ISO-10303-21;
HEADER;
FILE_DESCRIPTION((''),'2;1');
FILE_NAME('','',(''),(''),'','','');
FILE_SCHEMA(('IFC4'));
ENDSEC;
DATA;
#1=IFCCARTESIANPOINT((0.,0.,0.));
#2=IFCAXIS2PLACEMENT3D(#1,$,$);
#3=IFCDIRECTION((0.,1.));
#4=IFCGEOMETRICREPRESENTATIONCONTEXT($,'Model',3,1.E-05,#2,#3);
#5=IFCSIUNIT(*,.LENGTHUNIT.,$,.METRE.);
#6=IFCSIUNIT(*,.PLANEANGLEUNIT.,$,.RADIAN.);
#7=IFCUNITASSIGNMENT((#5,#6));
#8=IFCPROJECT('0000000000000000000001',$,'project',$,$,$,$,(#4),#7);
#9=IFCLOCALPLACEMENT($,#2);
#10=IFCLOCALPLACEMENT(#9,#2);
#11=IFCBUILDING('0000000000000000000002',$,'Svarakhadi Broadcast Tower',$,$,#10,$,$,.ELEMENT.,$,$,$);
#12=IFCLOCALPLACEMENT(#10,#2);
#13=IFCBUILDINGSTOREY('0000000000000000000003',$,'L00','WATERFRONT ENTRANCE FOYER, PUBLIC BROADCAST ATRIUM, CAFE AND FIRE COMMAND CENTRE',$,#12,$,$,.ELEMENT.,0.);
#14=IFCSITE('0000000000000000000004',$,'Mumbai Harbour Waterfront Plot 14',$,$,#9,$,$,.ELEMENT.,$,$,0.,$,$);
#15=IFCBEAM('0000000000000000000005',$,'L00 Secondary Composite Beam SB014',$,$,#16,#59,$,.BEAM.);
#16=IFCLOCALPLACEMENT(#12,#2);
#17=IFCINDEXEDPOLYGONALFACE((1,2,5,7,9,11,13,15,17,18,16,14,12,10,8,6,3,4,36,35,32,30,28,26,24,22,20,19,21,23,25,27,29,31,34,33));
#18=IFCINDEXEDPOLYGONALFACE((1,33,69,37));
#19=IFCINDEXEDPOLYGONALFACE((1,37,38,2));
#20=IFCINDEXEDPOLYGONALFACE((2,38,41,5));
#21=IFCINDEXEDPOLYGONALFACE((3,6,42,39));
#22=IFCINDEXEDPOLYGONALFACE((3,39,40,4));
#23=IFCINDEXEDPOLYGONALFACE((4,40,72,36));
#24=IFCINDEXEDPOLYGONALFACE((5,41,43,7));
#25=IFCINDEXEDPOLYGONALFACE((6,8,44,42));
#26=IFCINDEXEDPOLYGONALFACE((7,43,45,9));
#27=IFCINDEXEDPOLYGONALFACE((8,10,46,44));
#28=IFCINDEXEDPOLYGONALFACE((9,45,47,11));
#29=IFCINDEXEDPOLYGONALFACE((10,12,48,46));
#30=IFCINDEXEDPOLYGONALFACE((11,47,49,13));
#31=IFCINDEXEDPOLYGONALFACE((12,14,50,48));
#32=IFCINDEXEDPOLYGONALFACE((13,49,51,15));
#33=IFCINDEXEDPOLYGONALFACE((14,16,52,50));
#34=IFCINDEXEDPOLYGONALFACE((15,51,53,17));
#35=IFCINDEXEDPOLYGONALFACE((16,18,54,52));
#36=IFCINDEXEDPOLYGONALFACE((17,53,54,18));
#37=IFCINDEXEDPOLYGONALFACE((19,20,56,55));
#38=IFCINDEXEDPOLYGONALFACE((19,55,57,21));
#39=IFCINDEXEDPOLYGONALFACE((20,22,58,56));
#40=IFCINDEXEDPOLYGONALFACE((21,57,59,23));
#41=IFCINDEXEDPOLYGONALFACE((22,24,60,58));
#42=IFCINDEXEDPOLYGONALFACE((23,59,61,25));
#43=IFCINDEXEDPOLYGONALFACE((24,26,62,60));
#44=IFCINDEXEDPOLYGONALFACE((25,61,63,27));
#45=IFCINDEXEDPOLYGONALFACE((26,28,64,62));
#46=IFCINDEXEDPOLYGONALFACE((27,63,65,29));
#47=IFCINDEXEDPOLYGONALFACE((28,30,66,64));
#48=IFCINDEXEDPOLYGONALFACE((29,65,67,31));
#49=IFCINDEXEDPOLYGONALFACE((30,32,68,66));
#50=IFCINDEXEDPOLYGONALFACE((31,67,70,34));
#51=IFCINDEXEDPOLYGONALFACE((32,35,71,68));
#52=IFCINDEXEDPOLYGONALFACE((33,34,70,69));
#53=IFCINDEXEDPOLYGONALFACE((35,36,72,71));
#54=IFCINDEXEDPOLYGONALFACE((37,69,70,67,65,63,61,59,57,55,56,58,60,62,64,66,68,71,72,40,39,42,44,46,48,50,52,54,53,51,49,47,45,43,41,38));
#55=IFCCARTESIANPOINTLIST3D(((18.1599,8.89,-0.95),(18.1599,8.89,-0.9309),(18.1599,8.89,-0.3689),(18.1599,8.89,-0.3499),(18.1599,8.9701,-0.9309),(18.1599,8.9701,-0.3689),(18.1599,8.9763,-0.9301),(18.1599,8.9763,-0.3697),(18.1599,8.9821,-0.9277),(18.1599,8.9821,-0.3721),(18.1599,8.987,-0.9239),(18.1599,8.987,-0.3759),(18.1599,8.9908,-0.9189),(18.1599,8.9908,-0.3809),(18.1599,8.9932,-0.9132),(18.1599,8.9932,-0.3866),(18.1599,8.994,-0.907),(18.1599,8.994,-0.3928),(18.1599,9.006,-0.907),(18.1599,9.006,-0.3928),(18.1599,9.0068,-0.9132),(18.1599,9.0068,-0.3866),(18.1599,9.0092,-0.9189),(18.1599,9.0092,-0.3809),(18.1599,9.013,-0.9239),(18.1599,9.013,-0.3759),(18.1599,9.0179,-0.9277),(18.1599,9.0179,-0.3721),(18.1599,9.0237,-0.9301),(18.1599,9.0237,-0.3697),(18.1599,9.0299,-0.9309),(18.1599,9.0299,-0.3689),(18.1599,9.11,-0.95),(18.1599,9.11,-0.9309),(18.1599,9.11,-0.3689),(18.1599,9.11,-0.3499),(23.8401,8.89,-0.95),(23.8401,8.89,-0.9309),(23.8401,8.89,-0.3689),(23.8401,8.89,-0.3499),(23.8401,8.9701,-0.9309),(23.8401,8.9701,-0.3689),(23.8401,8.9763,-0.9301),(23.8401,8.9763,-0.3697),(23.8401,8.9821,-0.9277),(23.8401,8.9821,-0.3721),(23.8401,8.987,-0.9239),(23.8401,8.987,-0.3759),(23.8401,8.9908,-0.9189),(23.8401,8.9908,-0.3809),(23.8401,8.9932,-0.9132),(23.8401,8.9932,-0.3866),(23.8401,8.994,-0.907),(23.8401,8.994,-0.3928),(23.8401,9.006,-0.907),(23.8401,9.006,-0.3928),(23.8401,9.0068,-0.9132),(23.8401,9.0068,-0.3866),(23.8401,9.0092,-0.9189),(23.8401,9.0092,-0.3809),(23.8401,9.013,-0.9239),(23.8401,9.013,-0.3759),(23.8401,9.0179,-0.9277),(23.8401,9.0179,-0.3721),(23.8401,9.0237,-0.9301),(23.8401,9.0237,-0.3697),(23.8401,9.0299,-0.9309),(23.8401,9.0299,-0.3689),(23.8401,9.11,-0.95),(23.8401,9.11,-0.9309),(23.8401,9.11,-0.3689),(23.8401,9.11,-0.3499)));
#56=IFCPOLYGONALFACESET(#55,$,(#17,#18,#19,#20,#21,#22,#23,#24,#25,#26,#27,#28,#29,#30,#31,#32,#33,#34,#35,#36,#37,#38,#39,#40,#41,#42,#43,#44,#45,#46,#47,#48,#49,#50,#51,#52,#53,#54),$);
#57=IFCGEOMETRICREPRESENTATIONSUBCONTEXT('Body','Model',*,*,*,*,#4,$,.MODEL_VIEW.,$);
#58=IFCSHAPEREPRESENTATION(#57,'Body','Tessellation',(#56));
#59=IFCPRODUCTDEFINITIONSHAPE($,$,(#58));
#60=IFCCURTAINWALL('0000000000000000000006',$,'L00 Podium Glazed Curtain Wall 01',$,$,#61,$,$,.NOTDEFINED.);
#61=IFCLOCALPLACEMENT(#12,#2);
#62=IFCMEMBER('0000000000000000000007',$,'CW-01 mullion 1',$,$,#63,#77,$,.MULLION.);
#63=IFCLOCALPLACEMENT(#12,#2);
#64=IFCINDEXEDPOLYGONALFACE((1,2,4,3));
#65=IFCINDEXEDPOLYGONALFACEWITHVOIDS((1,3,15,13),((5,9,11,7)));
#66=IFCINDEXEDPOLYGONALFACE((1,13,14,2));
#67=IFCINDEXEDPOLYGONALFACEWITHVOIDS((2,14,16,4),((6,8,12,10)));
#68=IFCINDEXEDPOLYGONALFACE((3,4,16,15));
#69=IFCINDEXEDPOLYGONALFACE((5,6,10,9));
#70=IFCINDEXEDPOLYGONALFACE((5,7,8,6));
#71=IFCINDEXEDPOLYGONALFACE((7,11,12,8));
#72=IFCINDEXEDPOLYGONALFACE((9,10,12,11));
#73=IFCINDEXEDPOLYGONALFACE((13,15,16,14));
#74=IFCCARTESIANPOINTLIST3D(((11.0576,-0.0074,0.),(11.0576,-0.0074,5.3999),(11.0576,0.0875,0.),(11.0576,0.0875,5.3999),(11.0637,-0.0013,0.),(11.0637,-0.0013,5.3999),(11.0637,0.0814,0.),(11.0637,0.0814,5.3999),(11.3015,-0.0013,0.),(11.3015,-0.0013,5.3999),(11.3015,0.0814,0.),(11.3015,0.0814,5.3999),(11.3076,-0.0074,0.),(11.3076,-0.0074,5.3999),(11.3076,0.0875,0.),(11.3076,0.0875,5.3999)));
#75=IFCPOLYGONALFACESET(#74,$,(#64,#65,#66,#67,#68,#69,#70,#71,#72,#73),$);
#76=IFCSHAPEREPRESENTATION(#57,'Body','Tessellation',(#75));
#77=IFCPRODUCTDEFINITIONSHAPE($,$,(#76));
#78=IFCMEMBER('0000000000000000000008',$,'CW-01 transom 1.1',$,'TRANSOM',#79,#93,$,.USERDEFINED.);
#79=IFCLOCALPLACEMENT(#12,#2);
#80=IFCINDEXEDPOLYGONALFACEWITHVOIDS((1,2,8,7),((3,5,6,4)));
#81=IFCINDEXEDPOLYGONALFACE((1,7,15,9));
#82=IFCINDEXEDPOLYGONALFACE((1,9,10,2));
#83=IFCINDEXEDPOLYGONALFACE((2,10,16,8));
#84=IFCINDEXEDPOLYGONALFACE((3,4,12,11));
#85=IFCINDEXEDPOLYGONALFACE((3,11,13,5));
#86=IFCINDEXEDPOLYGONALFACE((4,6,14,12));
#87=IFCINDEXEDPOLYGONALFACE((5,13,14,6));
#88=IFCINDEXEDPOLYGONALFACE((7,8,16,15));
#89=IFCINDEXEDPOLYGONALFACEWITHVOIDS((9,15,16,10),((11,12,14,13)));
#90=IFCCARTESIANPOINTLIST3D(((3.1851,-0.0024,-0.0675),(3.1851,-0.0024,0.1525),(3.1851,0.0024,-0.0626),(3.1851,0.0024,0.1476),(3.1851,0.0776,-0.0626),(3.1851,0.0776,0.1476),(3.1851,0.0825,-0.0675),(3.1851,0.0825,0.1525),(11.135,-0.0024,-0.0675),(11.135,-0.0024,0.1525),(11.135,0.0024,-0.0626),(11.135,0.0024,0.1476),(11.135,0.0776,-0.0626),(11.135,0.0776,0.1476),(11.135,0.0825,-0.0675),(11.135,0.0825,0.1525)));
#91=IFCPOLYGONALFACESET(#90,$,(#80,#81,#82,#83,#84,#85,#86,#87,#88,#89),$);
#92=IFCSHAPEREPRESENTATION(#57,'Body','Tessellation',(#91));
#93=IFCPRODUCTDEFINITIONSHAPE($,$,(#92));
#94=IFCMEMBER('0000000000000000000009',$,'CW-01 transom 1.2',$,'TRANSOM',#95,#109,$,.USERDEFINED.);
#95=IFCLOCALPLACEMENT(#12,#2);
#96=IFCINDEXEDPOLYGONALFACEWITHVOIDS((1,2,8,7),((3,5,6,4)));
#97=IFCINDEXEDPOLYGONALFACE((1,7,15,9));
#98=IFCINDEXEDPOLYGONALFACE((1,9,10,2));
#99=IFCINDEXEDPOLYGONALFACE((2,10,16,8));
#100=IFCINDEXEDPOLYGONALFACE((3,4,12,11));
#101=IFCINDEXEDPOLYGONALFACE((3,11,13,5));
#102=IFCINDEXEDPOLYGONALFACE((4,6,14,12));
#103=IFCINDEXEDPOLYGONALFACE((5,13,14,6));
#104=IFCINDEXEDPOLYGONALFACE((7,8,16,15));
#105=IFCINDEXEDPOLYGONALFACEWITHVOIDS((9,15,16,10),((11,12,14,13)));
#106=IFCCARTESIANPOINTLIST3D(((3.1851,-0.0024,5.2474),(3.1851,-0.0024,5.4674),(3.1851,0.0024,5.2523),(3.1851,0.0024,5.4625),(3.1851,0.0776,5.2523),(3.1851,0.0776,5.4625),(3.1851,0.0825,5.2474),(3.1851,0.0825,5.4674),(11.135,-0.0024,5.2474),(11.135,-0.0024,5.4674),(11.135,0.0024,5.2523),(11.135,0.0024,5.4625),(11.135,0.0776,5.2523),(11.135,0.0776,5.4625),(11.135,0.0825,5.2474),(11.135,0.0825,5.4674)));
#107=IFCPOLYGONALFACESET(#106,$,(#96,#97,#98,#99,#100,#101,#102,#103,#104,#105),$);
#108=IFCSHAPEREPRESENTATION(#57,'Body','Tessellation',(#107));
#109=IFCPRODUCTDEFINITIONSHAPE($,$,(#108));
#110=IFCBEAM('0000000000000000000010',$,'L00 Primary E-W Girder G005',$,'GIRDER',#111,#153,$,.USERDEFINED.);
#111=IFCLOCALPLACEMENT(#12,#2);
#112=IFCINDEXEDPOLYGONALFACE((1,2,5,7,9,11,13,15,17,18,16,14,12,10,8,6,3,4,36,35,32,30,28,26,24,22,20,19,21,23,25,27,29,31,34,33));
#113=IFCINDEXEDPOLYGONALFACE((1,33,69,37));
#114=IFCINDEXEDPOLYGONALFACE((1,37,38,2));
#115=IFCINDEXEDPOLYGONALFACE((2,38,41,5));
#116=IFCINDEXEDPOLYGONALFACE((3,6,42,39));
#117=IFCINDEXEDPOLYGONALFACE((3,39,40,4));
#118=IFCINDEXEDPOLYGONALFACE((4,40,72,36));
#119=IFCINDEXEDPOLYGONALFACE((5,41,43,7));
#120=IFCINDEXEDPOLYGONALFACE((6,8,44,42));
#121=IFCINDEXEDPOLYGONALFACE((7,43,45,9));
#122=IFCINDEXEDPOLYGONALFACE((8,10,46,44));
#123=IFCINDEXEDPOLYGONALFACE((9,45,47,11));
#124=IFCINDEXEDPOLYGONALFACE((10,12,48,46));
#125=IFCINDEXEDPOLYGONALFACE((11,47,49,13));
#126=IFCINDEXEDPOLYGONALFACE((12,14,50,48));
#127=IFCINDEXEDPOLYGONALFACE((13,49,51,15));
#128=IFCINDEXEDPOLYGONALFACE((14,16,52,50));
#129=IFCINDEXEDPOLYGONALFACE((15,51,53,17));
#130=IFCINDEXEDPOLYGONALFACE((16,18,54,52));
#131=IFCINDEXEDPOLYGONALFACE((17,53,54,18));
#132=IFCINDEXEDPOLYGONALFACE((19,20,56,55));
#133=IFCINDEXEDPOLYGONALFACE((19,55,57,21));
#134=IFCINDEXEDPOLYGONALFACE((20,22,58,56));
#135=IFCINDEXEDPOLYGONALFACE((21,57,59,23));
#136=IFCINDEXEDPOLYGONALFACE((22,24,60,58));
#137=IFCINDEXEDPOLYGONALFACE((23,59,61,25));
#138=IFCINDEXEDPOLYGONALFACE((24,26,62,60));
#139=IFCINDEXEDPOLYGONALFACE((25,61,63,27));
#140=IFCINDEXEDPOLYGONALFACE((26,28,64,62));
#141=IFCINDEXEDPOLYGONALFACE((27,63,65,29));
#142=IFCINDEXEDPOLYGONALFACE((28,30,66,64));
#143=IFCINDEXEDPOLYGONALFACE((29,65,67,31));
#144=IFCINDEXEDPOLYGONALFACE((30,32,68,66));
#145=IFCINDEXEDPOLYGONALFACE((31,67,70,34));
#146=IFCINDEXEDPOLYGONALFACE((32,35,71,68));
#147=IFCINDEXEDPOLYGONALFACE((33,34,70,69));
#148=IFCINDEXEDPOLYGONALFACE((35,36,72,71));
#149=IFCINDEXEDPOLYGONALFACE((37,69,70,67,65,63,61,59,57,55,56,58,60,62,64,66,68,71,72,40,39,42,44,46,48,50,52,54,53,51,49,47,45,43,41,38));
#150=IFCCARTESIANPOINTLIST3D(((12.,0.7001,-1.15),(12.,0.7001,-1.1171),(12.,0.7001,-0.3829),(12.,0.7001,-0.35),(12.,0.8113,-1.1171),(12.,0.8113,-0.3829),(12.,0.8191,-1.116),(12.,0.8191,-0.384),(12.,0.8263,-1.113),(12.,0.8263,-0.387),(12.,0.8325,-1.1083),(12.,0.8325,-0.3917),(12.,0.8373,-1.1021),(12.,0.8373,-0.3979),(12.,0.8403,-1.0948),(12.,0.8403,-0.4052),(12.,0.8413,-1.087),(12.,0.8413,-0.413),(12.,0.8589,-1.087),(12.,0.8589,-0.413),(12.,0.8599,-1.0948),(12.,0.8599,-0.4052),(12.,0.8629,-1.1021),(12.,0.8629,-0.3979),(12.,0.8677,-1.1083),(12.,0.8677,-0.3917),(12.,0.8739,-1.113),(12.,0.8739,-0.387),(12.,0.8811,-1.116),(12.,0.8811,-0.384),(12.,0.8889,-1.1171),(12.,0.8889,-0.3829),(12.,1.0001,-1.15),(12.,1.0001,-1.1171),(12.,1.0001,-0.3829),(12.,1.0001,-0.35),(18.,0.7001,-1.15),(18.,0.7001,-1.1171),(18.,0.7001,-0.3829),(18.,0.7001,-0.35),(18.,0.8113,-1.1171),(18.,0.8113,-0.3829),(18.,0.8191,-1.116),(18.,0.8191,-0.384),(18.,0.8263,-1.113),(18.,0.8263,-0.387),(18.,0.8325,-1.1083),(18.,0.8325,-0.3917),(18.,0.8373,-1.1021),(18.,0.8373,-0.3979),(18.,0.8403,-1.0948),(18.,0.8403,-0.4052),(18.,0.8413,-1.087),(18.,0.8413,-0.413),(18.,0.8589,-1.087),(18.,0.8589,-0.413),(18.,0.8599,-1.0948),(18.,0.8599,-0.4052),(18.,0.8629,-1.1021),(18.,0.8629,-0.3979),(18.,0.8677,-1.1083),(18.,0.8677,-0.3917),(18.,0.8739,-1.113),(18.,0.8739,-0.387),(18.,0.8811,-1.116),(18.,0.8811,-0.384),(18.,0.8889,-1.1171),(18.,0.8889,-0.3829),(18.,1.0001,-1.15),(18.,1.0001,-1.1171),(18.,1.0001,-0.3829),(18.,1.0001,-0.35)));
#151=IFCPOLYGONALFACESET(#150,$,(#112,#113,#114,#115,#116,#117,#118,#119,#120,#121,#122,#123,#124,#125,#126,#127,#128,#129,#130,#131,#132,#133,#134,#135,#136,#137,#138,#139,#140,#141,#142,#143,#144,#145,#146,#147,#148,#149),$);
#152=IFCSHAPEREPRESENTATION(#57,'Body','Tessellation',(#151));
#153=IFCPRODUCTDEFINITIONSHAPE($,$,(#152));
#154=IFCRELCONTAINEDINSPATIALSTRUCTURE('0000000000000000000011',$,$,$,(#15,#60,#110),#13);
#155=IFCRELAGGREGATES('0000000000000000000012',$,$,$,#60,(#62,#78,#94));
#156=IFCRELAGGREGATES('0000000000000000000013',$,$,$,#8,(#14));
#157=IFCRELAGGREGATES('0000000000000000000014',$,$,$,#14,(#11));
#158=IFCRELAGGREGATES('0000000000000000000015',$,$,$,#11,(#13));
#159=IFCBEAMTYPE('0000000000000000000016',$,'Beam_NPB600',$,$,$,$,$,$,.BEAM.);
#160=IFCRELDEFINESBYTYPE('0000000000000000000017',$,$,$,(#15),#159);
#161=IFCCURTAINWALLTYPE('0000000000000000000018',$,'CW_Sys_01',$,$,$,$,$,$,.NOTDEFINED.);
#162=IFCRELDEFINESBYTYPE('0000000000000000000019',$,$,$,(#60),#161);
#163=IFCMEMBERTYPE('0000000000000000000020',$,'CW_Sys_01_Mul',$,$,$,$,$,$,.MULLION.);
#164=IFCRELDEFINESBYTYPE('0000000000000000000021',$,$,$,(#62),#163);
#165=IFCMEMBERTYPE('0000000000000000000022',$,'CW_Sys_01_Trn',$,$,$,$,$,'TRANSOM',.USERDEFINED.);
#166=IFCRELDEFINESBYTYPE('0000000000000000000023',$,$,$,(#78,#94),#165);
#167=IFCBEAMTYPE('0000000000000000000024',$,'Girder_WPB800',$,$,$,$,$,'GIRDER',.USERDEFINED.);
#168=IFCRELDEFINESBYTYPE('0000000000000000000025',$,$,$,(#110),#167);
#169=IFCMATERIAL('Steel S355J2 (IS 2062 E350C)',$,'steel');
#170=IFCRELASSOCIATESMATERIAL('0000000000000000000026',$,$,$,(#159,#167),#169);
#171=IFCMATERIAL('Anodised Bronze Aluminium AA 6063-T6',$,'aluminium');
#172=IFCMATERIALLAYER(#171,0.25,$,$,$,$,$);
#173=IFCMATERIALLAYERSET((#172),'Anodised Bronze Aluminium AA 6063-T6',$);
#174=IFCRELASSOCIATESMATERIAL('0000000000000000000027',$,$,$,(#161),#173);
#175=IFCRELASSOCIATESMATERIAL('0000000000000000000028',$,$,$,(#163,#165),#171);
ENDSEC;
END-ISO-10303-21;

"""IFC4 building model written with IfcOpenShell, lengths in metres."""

from ifc_helpers import new_model, si_unit, direction, frame, origin, origin_2d, place, context, subcontext, project, spatial, hollow_rectangle, i_section, extrude, material, layer, layer_set, material_profile, profile_set, type_object, element, aggregate, save


model = new_model("IFC4")

# Units and contexts
model_context = context("Model", 3, precision=1e-05, world=origin(), true_north=direction((0.0, 1.0)))
body_context = subcontext(model_context, "Body", "Model", "MODEL_VIEW")
ifc_project = project(units=[si_unit("LENGTHUNIT", "METRE"), si_unit("PLANEANGLEUNIT", "RADIAN")], contexts=[model_context])

# Site, building, storey
site_placement = place(None, origin())
site = spatial("IfcSite", under=ifc_project, at=site_placement, Name="Mumbai Harbour Waterfront Plot 14", CompositionType="ELEMENT", RefElevation=0.0)
building_placement = place(site_placement, origin())
building = spatial("IfcBuilding", under=site, at=building_placement, Name="Svarakhadi Broadcast Tower", CompositionType="ELEMENT")
storey_placement = place(building_placement, origin())
storey = spatial("IfcBuildingStorey", under=building, at=storey_placement, Name="L00", Description="WATERFRONT ENTRANCE FOYER, PUBLIC BROADCAST ATRIUM, CAFE AND FIRE COMMAND CENTRE", CompositionType="ELEMENT", Elevation=0.0)

# Beam
ifc_material_1 = material(Name="Steel S355J2 (IS 2062 E350C)", Category="steel")
ifc_material_profile_1 = material_profile(ifc_material_1, i_section(OverallWidth=0.22, OverallDepth=0.6001, WebThickness=0.012, FlangeThickness=0.019, FilletRadius=0.0239, at=origin_2d()), Name="NPB 600x220x122")
ifc_profile_set_1 = profile_set([ifc_material_profile_1], Name="Steel S355J2 (IS 2062 E350C)")
beam_type_1 = type_object("IfcBeamType", Name="Beam_NPB600", PredefinedType="BEAM", material=ifc_profile_set_1)
for number, where, z_axis, x_axis, name in (
    (1, (18.1599, 9.0, -0.6499), (1.0, 0.0, 0.0), (0.0, 1.0, 0.0), "L00 Secondary Composite Beam SB014"),
):
    element("IfcBeam", number, at=place(storey_placement, frame(where, z_axis=z_axis, x_axis=x_axis)), inside=storey, type_object=beam_type_1, Name=name, PredefinedType="BEAM", context=body_context, shape_type="SweptSolid", body=[
        extrude(i_section(OverallWidth=0.22, OverallDepth=0.6001, WebThickness=0.012, FlangeThickness=0.019, FilletRadius=0.0239, at=origin_2d()), origin(), (0.0, 0.0, 1.0), 5.6802),
    ])

# Curtain wall, members
ifc_material_2 = material(Name="Anodised Bronze Aluminium AA 6063-T6", Category="aluminium")
ifc_layer_1 = layer(ifc_material_2, 0.25)
ifc_layer_set_1 = layer_set([ifc_layer_1], Name="Anodised Bronze Aluminium AA 6063-T6")
curtain_wall_type = type_object("IfcCurtainWallType", Name="CW_Sys_01", PredefinedType="NOTDEFINED", material=ifc_layer_set_1)
curtain_wall_placement = place(storey_placement, origin())
curtain_wall = element("IfcCurtainWall", 2, at=curtain_wall_placement, inside=storey, type_object=curtain_wall_type, Name="L00 Podium Glazed Curtain Wall 01", PredefinedType="NOTDEFINED")
ifc_material_profile_2 = material_profile(ifc_material_2, hollow_rectangle(XDim=0.095, YDim=0.25, WallThickness=0.0061, at=origin_2d()), Name="ALU MULLION 250x95x6")
ifc_profile_set_2 = profile_set([ifc_material_profile_2], Name="Anodised Bronze Aluminium AA 6063-T6")
member_type_1 = type_object("IfcMemberType", Name="CW_Sys_01_Mul", PredefinedType="MULLION", material=ifc_profile_set_2)
member_1_placement = place(storey_placement, frame((11.1826, 0.04, 0.0), z_axis=(0.0, 0.0, 1.0), x_axis=(0.0, -1.0, 0.0)))
member_1 = element("IfcMember", 3, at=member_1_placement, type_object=member_type_1, Name="CW-01 mullion 1", PredefinedType="MULLION", context=body_context, shape_type="SweptSolid", body=[
    extrude(hollow_rectangle(XDim=0.095, YDim=0.25, WallThickness=0.0061, at=origin_2d()), origin(), (0.0, 0.0, 1.0), 5.3999),
])
ifc_material_profile_3 = material_profile(ifc_material_2, hollow_rectangle(XDim=0.085, YDim=0.22, WallThickness=0.0049, at=origin_2d()), Name="ALU TRANSOM 220x85x5")
ifc_profile_set_3 = profile_set([ifc_material_profile_3], Name="Anodised Bronze Aluminium AA 6063-T6")
member_type_2 = type_object("IfcMemberType", Name="CW_Sys_01_Trn", ElementType="TRANSOM", PredefinedType="USERDEFINED", material=ifc_profile_set_3)
member_2_placement = place(storey_placement, frame((11.135, 0.04, 0.0425), z_axis=(-1.0, 0.0, 0.0), x_axis=(0.0, -1.0, 0.0)))
member_2 = element("IfcMember", 4, at=member_2_placement, type_object=member_type_2, Name="CW-01 transom 1.1", ObjectType="TRANSOM", PredefinedType="USERDEFINED", context=body_context, shape_type="SweptSolid", body=[
    extrude(hollow_rectangle(XDim=0.085, YDim=0.22, WallThickness=0.0049, at=origin_2d()), origin(), (0.0, 0.0, 1.0), 7.95),
])
member_3_placement = place(storey_placement, frame((11.135, 0.04, 5.3574), z_axis=(-1.0, 0.0, 0.0), x_axis=(0.0, -1.0, 0.0)))
member_3 = element("IfcMember", 5, at=member_3_placement, type_object=member_type_2, Name="CW-01 transom 1.2", ObjectType="TRANSOM", PredefinedType="USERDEFINED", context=body_context, shape_type="SweptSolid", body=[
    extrude(hollow_rectangle(XDim=0.085, YDim=0.22, WallThickness=0.0049, at=origin_2d()), origin(), (0.0, 0.0, 1.0), 7.95),
])

# Beam
ifc_material_profile_4 = material_profile(ifc_material_1, i_section(OverallWidth=0.3, OverallDepth=0.8, WebThickness=0.0176, FlangeThickness=0.033, FilletRadius=0.03, at=origin_2d()), Name="WPB 800x300x262")
ifc_profile_set_4 = profile_set([ifc_material_profile_4], Name="Steel S355J2 (IS 2062 E350C)")
beam_type_2 = type_object("IfcBeamType", Name="Girder_WPB800", ElementType="GIRDER", PredefinedType="USERDEFINED", material=ifc_profile_set_4)
for number, where, z_axis, x_axis, name in (
    (6, (12.0, 0.8501, -0.75), (1.0, 0.0, 0.0), (0.0, 1.0, 0.0), "L00 Primary E-W Girder G005"),
):
    element("IfcBeam", number, at=place(storey_placement, frame(where, z_axis=z_axis, x_axis=x_axis)), inside=storey, type_object=beam_type_2, Name=name, ObjectType="GIRDER", PredefinedType="USERDEFINED", context=body_context, shape_type="SweptSolid", body=[
        extrude(i_section(OverallWidth=0.3, OverallDepth=0.8, WebThickness=0.0176, FlangeThickness=0.033, FilletRadius=0.03, at=origin_2d()), origin(), (0.0, 0.0, 1.0), 6.0),
    ])

aggregate(curtain_wall, [member_1, member_2, member_3])

save(model, "model.ifc")
